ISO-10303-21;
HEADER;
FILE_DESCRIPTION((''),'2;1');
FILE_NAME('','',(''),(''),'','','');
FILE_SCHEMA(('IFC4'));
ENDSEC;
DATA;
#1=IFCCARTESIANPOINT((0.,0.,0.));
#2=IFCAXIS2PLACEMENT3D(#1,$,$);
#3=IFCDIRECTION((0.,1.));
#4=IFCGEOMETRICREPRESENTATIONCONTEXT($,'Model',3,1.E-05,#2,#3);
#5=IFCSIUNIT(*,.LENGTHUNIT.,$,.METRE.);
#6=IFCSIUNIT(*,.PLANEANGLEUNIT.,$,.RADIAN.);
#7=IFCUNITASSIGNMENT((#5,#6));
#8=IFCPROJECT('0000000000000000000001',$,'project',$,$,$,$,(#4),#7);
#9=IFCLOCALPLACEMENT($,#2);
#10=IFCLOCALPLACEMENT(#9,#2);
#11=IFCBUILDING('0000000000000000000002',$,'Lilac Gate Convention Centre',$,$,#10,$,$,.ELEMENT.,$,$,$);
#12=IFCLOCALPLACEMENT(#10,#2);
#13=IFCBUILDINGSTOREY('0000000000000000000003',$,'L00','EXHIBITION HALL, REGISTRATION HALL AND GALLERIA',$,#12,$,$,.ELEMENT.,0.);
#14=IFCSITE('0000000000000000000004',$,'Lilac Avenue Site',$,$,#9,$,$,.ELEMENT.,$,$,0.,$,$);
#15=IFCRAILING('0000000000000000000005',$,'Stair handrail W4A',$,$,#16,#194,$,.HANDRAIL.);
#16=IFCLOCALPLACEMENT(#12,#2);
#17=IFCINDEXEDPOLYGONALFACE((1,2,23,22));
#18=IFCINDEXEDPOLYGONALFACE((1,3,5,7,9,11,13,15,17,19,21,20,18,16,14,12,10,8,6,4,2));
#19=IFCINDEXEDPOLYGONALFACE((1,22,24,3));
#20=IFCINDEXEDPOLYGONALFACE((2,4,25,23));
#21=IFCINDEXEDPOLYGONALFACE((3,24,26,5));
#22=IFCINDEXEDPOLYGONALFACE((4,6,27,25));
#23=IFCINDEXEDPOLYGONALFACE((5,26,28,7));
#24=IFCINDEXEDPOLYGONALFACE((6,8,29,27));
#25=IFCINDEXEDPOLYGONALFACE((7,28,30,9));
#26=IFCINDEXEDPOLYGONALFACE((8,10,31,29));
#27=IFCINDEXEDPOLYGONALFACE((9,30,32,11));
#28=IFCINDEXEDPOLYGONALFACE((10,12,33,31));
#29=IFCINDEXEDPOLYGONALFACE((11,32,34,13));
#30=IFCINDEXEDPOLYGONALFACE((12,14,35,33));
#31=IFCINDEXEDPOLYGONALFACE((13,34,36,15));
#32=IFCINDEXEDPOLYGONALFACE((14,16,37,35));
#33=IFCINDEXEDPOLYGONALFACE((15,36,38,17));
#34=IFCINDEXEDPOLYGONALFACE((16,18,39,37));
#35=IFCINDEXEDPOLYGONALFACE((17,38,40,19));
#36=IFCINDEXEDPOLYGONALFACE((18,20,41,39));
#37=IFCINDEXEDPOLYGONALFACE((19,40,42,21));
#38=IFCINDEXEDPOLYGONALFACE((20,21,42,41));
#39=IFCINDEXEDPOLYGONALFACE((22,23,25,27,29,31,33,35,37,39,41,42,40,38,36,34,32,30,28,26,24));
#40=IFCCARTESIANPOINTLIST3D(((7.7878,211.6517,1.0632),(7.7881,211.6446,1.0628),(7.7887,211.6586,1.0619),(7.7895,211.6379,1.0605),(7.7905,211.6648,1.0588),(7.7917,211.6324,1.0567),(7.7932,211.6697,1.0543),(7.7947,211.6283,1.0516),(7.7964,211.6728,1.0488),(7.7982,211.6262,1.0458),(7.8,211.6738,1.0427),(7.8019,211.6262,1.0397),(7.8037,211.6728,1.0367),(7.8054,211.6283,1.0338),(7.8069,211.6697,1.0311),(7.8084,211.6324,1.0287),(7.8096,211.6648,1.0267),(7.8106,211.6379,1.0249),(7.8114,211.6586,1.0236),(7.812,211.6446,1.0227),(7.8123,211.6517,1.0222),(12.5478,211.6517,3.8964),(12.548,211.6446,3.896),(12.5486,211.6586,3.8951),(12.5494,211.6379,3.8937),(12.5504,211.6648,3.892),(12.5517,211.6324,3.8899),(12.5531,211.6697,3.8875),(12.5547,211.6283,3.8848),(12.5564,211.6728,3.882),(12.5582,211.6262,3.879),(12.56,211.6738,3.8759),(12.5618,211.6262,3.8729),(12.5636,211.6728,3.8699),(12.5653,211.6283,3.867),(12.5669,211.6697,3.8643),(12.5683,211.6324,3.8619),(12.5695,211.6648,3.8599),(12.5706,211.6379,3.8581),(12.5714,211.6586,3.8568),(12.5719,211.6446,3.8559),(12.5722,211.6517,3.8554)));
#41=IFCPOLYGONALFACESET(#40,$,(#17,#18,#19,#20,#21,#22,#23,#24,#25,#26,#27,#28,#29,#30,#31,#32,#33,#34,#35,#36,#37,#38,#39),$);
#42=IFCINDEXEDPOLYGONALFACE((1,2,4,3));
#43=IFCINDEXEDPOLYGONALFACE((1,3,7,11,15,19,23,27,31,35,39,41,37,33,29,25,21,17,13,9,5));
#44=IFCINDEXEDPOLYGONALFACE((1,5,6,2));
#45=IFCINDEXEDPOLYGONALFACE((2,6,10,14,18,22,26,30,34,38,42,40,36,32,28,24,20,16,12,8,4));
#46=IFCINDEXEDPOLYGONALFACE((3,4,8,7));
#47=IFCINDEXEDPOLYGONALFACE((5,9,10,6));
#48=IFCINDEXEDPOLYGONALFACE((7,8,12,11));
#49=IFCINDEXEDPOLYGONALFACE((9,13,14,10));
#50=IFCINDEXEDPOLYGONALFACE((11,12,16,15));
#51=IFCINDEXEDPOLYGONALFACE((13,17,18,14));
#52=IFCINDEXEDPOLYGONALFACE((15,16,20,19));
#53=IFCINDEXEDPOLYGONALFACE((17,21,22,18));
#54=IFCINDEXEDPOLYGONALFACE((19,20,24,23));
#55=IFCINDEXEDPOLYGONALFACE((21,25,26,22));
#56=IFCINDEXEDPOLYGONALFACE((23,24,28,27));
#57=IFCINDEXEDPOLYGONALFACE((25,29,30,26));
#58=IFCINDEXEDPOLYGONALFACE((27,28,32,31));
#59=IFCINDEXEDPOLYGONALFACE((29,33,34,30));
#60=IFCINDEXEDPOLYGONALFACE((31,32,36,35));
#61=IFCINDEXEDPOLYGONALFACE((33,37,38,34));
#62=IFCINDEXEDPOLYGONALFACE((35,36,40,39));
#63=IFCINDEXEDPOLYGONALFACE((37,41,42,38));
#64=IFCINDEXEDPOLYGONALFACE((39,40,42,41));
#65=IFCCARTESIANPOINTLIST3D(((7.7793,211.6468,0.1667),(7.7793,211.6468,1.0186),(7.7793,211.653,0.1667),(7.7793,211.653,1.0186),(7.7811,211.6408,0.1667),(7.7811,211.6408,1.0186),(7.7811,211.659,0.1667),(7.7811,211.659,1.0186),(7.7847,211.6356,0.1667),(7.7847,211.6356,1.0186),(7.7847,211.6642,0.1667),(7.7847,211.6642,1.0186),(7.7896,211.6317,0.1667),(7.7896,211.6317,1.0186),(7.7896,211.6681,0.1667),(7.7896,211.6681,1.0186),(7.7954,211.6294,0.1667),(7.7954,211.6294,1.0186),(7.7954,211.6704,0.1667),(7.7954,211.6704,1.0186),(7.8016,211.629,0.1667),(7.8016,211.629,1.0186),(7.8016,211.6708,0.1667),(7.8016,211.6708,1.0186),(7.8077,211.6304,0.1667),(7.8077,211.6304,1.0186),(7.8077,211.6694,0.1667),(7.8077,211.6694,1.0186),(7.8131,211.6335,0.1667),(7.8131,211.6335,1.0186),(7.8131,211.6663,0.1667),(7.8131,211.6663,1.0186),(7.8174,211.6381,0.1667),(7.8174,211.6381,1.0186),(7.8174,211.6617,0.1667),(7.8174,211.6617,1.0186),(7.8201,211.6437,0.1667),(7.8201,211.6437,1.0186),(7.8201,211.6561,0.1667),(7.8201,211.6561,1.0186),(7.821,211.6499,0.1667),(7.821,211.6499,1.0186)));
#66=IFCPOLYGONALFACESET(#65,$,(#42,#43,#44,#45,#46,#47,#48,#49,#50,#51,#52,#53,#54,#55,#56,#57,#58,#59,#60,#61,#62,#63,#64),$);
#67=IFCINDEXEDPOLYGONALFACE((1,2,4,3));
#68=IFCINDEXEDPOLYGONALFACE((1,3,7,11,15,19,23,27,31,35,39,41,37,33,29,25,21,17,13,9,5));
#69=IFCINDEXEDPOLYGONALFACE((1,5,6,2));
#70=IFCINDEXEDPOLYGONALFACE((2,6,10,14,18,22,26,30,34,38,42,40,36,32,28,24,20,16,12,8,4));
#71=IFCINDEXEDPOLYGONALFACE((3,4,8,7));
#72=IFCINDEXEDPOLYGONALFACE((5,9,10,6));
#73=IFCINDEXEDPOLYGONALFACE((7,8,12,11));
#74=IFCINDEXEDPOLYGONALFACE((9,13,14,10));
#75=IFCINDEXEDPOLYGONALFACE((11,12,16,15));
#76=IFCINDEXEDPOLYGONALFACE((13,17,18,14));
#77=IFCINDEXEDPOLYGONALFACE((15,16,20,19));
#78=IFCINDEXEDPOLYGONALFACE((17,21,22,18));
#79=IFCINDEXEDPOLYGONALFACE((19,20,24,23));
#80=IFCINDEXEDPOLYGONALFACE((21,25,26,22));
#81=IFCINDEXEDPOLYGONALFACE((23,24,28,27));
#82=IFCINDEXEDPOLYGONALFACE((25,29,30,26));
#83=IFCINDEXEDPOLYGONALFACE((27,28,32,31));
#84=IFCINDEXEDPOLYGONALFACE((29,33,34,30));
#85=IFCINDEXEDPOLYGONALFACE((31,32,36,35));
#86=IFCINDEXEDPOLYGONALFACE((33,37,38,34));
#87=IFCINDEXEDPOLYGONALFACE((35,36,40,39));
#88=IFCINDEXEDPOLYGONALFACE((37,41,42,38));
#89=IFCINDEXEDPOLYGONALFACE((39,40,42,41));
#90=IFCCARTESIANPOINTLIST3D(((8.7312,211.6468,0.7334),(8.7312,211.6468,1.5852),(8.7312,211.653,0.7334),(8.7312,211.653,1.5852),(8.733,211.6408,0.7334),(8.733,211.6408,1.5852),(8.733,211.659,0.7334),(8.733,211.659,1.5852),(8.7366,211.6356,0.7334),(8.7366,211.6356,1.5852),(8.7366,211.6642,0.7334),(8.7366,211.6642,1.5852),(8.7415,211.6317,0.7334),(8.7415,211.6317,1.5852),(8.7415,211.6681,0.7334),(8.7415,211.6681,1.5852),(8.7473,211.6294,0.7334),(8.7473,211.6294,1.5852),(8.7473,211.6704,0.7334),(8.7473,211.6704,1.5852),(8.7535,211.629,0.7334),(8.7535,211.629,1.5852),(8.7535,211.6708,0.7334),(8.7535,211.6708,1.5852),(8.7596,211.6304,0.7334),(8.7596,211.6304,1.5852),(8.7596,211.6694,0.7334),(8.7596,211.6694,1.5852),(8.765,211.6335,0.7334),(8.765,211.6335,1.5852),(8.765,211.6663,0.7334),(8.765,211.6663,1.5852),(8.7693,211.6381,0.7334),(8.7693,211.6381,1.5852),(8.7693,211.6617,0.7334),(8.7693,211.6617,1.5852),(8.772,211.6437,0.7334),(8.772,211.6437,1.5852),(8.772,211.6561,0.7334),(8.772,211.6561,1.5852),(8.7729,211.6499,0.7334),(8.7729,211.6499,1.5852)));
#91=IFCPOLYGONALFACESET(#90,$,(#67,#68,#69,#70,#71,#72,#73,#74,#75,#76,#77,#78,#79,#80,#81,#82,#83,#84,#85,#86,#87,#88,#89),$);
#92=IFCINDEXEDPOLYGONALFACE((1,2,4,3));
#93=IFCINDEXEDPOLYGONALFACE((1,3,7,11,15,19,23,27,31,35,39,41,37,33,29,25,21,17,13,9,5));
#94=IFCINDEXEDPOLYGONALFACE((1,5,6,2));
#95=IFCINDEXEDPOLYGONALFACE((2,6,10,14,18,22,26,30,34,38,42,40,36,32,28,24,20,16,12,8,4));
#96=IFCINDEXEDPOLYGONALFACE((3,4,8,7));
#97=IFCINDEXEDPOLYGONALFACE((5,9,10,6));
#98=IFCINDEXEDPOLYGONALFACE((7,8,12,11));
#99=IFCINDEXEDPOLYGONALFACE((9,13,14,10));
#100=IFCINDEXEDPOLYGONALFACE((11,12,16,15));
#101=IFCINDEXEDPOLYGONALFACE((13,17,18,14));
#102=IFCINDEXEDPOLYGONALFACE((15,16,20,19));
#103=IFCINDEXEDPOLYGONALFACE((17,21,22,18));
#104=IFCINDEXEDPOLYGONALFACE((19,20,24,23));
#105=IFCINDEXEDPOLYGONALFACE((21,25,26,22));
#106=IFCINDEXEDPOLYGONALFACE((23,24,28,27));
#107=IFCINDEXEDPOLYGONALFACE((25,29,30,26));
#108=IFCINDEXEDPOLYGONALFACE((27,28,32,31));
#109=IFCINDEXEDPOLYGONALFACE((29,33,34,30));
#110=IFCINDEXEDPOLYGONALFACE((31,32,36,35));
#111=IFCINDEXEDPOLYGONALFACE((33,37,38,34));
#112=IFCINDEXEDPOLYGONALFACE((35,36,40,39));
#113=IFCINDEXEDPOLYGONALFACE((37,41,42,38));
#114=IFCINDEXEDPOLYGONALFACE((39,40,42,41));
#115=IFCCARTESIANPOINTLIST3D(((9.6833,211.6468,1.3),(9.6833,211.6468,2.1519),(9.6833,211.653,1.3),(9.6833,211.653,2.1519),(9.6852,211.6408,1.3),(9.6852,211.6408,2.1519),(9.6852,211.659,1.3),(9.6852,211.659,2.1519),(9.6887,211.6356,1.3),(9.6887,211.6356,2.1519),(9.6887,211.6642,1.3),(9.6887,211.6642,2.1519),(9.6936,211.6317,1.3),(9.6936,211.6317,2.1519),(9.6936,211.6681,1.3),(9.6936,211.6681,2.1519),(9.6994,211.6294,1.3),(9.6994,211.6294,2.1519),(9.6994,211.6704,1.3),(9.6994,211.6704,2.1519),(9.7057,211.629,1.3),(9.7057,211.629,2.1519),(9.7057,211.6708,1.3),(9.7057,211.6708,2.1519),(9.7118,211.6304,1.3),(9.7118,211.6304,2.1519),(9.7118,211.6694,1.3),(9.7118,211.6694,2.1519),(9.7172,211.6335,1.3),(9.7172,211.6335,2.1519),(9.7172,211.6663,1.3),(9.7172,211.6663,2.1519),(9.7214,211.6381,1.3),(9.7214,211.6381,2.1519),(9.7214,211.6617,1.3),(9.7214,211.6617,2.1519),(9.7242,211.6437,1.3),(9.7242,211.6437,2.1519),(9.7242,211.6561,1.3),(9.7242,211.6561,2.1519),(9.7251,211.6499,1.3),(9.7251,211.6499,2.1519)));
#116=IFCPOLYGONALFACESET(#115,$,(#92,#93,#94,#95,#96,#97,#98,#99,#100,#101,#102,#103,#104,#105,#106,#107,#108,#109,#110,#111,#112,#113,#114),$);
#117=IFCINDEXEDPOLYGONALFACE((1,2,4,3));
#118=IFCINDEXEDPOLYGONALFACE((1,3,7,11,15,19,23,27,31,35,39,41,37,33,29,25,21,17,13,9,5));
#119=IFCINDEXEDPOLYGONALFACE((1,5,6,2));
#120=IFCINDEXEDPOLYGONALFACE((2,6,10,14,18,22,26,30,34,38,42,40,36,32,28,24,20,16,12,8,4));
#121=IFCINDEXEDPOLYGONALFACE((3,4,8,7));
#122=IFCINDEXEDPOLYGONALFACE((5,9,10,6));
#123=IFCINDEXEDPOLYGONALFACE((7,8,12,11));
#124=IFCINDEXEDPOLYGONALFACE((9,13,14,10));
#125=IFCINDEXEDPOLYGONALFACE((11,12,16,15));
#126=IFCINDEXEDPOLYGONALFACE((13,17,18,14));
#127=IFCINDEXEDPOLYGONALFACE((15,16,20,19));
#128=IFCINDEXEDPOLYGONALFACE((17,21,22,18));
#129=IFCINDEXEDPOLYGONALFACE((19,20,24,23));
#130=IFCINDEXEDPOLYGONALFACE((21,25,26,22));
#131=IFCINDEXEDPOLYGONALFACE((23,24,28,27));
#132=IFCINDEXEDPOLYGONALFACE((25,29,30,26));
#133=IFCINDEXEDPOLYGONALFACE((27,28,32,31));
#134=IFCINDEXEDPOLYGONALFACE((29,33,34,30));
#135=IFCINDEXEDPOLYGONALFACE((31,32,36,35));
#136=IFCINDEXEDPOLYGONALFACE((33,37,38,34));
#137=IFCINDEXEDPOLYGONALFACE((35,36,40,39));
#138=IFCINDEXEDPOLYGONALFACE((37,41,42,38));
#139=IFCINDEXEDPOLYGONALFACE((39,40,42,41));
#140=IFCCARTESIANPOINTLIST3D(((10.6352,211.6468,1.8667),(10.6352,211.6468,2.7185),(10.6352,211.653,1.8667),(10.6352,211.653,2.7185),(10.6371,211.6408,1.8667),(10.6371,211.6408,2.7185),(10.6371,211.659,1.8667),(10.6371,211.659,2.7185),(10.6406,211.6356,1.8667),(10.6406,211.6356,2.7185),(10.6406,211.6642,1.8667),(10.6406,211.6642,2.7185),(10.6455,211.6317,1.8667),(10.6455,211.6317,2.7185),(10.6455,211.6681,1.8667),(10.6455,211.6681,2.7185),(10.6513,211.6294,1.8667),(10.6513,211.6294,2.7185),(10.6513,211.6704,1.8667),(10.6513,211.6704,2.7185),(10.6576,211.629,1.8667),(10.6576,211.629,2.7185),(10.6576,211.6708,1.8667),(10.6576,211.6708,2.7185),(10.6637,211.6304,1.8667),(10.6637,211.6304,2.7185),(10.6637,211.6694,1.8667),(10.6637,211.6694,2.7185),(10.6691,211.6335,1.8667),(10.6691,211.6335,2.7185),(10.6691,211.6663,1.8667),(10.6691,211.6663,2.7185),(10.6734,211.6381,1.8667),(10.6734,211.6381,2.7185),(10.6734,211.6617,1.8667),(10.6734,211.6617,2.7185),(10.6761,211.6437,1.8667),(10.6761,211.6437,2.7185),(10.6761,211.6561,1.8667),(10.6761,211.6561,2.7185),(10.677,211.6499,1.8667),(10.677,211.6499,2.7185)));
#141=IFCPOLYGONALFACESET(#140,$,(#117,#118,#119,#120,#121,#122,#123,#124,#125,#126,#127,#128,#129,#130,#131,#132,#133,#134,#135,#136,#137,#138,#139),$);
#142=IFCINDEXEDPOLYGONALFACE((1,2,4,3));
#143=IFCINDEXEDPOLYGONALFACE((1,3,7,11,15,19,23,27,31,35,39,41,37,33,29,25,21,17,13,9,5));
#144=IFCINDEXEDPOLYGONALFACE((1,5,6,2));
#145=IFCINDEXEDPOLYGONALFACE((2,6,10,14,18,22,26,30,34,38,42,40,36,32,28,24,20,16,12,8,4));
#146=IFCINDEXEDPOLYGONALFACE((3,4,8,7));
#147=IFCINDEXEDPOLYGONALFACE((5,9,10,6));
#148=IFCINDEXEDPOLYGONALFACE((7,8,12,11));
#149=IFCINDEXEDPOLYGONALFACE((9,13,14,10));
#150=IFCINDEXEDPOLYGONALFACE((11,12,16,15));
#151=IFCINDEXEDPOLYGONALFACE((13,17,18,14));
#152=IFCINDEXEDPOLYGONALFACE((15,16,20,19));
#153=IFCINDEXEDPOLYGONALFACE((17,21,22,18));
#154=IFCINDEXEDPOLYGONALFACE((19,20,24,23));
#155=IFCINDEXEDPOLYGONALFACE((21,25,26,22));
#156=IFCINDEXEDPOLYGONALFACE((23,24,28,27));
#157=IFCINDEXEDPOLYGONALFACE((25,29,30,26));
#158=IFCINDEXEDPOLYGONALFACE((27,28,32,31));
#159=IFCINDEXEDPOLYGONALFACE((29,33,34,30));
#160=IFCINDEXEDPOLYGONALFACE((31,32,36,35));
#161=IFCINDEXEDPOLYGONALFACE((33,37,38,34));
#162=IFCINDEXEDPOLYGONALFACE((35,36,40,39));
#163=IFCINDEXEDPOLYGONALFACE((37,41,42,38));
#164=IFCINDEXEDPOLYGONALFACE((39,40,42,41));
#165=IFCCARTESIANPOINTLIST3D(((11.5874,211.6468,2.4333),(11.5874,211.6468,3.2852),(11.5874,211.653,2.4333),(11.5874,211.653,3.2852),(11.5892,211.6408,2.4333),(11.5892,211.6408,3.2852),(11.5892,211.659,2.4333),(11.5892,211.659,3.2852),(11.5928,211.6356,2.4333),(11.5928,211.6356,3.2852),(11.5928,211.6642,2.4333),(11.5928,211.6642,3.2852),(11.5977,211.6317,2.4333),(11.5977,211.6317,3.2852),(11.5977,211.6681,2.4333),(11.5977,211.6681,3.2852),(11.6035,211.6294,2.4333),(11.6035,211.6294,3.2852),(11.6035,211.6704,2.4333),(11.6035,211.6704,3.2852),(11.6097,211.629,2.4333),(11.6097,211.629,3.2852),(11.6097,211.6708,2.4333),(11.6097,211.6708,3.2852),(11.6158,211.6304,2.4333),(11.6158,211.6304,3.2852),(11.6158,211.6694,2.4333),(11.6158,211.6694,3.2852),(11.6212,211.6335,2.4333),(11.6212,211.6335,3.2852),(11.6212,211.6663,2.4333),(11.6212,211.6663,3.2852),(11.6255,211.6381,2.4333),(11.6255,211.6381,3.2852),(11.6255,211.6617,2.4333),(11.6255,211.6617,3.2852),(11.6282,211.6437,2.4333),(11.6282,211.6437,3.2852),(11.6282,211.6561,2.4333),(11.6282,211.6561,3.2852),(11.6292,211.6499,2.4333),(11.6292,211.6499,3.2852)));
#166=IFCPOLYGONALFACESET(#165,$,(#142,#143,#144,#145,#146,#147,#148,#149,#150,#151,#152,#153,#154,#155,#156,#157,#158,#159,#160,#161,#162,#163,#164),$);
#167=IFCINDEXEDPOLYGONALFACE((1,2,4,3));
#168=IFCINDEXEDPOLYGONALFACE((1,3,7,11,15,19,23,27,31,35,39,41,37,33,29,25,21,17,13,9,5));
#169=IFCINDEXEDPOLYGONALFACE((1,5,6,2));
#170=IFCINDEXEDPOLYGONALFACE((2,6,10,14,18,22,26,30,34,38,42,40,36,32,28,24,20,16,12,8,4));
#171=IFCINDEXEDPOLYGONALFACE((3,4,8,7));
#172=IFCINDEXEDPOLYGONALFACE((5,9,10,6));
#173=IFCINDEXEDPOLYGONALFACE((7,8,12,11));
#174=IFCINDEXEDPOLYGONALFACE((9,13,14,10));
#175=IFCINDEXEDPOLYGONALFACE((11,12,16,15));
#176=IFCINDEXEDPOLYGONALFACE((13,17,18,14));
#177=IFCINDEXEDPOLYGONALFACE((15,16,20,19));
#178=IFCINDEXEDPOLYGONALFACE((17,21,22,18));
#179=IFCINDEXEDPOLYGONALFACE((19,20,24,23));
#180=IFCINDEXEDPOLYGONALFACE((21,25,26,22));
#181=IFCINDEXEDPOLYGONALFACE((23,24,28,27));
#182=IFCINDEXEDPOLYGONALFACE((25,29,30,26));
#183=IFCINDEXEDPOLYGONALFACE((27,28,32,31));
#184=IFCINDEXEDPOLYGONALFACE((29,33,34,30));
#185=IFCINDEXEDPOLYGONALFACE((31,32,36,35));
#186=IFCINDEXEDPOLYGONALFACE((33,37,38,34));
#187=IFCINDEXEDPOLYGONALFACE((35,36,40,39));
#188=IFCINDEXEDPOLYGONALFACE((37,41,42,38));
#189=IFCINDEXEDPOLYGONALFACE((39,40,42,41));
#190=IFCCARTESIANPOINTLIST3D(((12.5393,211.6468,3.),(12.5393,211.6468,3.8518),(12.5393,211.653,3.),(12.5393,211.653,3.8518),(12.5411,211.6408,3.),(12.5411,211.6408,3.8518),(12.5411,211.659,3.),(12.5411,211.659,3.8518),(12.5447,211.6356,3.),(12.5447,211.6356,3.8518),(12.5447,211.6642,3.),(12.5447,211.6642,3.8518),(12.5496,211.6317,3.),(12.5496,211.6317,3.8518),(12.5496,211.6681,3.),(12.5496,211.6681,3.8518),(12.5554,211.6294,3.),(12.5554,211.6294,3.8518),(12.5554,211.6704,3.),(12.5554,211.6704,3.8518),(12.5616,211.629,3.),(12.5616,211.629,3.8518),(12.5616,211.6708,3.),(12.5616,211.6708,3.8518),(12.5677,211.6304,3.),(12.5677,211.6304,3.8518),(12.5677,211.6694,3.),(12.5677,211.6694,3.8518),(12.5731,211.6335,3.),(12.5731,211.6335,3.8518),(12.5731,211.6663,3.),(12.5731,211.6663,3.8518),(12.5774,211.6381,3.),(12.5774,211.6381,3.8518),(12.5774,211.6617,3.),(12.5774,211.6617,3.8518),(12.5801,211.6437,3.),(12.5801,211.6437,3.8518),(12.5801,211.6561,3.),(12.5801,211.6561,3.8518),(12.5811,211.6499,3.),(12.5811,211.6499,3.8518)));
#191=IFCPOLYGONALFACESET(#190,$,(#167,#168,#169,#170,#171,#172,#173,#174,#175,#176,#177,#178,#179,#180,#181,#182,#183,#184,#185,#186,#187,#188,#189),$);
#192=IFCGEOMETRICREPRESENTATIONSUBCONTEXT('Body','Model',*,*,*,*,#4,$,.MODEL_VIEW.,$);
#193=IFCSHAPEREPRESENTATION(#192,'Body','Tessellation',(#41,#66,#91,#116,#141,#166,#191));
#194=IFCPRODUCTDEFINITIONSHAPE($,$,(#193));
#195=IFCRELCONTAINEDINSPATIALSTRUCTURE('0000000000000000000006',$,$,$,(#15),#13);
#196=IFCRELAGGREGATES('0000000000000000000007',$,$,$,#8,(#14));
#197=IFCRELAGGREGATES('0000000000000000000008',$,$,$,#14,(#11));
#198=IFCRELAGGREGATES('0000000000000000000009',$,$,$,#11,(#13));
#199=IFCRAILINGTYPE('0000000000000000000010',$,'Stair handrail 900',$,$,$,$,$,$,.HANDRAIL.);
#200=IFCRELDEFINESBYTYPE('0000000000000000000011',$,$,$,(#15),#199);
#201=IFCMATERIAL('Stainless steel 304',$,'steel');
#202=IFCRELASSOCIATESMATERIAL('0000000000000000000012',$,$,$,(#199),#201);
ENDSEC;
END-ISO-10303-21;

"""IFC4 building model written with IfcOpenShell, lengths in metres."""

from ifc_helpers import new_model, si_unit, direction, frame, origin, origin_2d, place, context, subcontext, project, spatial, circle, extrude, material, type_object, element, save


model = new_model("IFC4")

# Units and contexts
model_context = context("Model", 3, precision=1e-05, world=origin(), true_north=direction((0.0, 1.0)))
body_context = subcontext(model_context, "Body", "Model", "MODEL_VIEW")
ifc_project = project(units=[si_unit("LENGTHUNIT", "METRE"), si_unit("PLANEANGLEUNIT", "RADIAN")], contexts=[model_context])

# Site, building, storey
site_placement = place(None, origin())
site = spatial("IfcSite", under=ifc_project, at=site_placement, Name="Lilac Avenue Site", CompositionType="ELEMENT", RefElevation=0.0)
building_placement = place(site_placement, origin())
building = spatial("IfcBuilding", under=site, at=building_placement, Name="Lilac Gate Convention Centre", CompositionType="ELEMENT")
storey_placement = place(building_placement, origin())
storey = spatial("IfcBuildingStorey", under=building, at=storey_placement, Name="L00", Description="EXHIBITION HALL, REGISTRATION HALL AND GALLERIA", CompositionType="ELEMENT", Elevation=0.0)

# Railing
ifc_material_1 = material(Name="Stainless steel 304", Category="steel")
railing_type_1 = type_object("IfcRailingType", Name="Stair handrail 900", PredefinedType="HANDRAIL", material=ifc_material_1)
for number, where, name in (
    (1, (7.8, 211.6499, 0.1667), "Stair handrail W4A"),
):
    element("IfcRailing", number, at=place(storey_placement, frame(where)), inside=storey, type_object=railing_type_1, Name=name, PredefinedType="HANDRAIL", context=body_context, shape_type="SweptSolid", body=[
        extrude(circle(Radius=0.0239, at=origin_2d()), frame((0.0, 0.0, 0.876), z_axis=(0.8593, 0.0, 0.511472), x_axis=(0.0, 1.0, 0.0)), (0.0, 0.0, 1.0), 5.5393),
        extrude(circle(Radius=0.021, at=origin_2d()), origin(), (0.0, 0.0, 1.0), 0.8518),
        extrude(circle(Radius=0.021, at=origin_2d()), frame((0.9519, 0.0, 0.5667)), (0.0, 0.0, 1.0), 0.8518),
        extrude(circle(Radius=0.021, at=origin_2d()), frame((1.9041, 0.0, 1.1333)), (0.0, 0.0, 1.0), 0.8518),
        extrude(circle(Radius=0.021, at=origin_2d()), frame((2.856, 0.0, 1.7)), (0.0, 0.0, 1.0), 0.8518),
        extrude(circle(Radius=0.021, at=origin_2d()), frame((3.8081, 0.0, 2.2666)), (0.0, 0.0, 1.0), 0.8518),
        extrude(circle(Radius=0.021, at=origin_2d()), frame((4.76, 0.0, 2.8333)), (0.0, 0.0, 1.0), 0.8518),
    ])

save(model, "model.ifc")
